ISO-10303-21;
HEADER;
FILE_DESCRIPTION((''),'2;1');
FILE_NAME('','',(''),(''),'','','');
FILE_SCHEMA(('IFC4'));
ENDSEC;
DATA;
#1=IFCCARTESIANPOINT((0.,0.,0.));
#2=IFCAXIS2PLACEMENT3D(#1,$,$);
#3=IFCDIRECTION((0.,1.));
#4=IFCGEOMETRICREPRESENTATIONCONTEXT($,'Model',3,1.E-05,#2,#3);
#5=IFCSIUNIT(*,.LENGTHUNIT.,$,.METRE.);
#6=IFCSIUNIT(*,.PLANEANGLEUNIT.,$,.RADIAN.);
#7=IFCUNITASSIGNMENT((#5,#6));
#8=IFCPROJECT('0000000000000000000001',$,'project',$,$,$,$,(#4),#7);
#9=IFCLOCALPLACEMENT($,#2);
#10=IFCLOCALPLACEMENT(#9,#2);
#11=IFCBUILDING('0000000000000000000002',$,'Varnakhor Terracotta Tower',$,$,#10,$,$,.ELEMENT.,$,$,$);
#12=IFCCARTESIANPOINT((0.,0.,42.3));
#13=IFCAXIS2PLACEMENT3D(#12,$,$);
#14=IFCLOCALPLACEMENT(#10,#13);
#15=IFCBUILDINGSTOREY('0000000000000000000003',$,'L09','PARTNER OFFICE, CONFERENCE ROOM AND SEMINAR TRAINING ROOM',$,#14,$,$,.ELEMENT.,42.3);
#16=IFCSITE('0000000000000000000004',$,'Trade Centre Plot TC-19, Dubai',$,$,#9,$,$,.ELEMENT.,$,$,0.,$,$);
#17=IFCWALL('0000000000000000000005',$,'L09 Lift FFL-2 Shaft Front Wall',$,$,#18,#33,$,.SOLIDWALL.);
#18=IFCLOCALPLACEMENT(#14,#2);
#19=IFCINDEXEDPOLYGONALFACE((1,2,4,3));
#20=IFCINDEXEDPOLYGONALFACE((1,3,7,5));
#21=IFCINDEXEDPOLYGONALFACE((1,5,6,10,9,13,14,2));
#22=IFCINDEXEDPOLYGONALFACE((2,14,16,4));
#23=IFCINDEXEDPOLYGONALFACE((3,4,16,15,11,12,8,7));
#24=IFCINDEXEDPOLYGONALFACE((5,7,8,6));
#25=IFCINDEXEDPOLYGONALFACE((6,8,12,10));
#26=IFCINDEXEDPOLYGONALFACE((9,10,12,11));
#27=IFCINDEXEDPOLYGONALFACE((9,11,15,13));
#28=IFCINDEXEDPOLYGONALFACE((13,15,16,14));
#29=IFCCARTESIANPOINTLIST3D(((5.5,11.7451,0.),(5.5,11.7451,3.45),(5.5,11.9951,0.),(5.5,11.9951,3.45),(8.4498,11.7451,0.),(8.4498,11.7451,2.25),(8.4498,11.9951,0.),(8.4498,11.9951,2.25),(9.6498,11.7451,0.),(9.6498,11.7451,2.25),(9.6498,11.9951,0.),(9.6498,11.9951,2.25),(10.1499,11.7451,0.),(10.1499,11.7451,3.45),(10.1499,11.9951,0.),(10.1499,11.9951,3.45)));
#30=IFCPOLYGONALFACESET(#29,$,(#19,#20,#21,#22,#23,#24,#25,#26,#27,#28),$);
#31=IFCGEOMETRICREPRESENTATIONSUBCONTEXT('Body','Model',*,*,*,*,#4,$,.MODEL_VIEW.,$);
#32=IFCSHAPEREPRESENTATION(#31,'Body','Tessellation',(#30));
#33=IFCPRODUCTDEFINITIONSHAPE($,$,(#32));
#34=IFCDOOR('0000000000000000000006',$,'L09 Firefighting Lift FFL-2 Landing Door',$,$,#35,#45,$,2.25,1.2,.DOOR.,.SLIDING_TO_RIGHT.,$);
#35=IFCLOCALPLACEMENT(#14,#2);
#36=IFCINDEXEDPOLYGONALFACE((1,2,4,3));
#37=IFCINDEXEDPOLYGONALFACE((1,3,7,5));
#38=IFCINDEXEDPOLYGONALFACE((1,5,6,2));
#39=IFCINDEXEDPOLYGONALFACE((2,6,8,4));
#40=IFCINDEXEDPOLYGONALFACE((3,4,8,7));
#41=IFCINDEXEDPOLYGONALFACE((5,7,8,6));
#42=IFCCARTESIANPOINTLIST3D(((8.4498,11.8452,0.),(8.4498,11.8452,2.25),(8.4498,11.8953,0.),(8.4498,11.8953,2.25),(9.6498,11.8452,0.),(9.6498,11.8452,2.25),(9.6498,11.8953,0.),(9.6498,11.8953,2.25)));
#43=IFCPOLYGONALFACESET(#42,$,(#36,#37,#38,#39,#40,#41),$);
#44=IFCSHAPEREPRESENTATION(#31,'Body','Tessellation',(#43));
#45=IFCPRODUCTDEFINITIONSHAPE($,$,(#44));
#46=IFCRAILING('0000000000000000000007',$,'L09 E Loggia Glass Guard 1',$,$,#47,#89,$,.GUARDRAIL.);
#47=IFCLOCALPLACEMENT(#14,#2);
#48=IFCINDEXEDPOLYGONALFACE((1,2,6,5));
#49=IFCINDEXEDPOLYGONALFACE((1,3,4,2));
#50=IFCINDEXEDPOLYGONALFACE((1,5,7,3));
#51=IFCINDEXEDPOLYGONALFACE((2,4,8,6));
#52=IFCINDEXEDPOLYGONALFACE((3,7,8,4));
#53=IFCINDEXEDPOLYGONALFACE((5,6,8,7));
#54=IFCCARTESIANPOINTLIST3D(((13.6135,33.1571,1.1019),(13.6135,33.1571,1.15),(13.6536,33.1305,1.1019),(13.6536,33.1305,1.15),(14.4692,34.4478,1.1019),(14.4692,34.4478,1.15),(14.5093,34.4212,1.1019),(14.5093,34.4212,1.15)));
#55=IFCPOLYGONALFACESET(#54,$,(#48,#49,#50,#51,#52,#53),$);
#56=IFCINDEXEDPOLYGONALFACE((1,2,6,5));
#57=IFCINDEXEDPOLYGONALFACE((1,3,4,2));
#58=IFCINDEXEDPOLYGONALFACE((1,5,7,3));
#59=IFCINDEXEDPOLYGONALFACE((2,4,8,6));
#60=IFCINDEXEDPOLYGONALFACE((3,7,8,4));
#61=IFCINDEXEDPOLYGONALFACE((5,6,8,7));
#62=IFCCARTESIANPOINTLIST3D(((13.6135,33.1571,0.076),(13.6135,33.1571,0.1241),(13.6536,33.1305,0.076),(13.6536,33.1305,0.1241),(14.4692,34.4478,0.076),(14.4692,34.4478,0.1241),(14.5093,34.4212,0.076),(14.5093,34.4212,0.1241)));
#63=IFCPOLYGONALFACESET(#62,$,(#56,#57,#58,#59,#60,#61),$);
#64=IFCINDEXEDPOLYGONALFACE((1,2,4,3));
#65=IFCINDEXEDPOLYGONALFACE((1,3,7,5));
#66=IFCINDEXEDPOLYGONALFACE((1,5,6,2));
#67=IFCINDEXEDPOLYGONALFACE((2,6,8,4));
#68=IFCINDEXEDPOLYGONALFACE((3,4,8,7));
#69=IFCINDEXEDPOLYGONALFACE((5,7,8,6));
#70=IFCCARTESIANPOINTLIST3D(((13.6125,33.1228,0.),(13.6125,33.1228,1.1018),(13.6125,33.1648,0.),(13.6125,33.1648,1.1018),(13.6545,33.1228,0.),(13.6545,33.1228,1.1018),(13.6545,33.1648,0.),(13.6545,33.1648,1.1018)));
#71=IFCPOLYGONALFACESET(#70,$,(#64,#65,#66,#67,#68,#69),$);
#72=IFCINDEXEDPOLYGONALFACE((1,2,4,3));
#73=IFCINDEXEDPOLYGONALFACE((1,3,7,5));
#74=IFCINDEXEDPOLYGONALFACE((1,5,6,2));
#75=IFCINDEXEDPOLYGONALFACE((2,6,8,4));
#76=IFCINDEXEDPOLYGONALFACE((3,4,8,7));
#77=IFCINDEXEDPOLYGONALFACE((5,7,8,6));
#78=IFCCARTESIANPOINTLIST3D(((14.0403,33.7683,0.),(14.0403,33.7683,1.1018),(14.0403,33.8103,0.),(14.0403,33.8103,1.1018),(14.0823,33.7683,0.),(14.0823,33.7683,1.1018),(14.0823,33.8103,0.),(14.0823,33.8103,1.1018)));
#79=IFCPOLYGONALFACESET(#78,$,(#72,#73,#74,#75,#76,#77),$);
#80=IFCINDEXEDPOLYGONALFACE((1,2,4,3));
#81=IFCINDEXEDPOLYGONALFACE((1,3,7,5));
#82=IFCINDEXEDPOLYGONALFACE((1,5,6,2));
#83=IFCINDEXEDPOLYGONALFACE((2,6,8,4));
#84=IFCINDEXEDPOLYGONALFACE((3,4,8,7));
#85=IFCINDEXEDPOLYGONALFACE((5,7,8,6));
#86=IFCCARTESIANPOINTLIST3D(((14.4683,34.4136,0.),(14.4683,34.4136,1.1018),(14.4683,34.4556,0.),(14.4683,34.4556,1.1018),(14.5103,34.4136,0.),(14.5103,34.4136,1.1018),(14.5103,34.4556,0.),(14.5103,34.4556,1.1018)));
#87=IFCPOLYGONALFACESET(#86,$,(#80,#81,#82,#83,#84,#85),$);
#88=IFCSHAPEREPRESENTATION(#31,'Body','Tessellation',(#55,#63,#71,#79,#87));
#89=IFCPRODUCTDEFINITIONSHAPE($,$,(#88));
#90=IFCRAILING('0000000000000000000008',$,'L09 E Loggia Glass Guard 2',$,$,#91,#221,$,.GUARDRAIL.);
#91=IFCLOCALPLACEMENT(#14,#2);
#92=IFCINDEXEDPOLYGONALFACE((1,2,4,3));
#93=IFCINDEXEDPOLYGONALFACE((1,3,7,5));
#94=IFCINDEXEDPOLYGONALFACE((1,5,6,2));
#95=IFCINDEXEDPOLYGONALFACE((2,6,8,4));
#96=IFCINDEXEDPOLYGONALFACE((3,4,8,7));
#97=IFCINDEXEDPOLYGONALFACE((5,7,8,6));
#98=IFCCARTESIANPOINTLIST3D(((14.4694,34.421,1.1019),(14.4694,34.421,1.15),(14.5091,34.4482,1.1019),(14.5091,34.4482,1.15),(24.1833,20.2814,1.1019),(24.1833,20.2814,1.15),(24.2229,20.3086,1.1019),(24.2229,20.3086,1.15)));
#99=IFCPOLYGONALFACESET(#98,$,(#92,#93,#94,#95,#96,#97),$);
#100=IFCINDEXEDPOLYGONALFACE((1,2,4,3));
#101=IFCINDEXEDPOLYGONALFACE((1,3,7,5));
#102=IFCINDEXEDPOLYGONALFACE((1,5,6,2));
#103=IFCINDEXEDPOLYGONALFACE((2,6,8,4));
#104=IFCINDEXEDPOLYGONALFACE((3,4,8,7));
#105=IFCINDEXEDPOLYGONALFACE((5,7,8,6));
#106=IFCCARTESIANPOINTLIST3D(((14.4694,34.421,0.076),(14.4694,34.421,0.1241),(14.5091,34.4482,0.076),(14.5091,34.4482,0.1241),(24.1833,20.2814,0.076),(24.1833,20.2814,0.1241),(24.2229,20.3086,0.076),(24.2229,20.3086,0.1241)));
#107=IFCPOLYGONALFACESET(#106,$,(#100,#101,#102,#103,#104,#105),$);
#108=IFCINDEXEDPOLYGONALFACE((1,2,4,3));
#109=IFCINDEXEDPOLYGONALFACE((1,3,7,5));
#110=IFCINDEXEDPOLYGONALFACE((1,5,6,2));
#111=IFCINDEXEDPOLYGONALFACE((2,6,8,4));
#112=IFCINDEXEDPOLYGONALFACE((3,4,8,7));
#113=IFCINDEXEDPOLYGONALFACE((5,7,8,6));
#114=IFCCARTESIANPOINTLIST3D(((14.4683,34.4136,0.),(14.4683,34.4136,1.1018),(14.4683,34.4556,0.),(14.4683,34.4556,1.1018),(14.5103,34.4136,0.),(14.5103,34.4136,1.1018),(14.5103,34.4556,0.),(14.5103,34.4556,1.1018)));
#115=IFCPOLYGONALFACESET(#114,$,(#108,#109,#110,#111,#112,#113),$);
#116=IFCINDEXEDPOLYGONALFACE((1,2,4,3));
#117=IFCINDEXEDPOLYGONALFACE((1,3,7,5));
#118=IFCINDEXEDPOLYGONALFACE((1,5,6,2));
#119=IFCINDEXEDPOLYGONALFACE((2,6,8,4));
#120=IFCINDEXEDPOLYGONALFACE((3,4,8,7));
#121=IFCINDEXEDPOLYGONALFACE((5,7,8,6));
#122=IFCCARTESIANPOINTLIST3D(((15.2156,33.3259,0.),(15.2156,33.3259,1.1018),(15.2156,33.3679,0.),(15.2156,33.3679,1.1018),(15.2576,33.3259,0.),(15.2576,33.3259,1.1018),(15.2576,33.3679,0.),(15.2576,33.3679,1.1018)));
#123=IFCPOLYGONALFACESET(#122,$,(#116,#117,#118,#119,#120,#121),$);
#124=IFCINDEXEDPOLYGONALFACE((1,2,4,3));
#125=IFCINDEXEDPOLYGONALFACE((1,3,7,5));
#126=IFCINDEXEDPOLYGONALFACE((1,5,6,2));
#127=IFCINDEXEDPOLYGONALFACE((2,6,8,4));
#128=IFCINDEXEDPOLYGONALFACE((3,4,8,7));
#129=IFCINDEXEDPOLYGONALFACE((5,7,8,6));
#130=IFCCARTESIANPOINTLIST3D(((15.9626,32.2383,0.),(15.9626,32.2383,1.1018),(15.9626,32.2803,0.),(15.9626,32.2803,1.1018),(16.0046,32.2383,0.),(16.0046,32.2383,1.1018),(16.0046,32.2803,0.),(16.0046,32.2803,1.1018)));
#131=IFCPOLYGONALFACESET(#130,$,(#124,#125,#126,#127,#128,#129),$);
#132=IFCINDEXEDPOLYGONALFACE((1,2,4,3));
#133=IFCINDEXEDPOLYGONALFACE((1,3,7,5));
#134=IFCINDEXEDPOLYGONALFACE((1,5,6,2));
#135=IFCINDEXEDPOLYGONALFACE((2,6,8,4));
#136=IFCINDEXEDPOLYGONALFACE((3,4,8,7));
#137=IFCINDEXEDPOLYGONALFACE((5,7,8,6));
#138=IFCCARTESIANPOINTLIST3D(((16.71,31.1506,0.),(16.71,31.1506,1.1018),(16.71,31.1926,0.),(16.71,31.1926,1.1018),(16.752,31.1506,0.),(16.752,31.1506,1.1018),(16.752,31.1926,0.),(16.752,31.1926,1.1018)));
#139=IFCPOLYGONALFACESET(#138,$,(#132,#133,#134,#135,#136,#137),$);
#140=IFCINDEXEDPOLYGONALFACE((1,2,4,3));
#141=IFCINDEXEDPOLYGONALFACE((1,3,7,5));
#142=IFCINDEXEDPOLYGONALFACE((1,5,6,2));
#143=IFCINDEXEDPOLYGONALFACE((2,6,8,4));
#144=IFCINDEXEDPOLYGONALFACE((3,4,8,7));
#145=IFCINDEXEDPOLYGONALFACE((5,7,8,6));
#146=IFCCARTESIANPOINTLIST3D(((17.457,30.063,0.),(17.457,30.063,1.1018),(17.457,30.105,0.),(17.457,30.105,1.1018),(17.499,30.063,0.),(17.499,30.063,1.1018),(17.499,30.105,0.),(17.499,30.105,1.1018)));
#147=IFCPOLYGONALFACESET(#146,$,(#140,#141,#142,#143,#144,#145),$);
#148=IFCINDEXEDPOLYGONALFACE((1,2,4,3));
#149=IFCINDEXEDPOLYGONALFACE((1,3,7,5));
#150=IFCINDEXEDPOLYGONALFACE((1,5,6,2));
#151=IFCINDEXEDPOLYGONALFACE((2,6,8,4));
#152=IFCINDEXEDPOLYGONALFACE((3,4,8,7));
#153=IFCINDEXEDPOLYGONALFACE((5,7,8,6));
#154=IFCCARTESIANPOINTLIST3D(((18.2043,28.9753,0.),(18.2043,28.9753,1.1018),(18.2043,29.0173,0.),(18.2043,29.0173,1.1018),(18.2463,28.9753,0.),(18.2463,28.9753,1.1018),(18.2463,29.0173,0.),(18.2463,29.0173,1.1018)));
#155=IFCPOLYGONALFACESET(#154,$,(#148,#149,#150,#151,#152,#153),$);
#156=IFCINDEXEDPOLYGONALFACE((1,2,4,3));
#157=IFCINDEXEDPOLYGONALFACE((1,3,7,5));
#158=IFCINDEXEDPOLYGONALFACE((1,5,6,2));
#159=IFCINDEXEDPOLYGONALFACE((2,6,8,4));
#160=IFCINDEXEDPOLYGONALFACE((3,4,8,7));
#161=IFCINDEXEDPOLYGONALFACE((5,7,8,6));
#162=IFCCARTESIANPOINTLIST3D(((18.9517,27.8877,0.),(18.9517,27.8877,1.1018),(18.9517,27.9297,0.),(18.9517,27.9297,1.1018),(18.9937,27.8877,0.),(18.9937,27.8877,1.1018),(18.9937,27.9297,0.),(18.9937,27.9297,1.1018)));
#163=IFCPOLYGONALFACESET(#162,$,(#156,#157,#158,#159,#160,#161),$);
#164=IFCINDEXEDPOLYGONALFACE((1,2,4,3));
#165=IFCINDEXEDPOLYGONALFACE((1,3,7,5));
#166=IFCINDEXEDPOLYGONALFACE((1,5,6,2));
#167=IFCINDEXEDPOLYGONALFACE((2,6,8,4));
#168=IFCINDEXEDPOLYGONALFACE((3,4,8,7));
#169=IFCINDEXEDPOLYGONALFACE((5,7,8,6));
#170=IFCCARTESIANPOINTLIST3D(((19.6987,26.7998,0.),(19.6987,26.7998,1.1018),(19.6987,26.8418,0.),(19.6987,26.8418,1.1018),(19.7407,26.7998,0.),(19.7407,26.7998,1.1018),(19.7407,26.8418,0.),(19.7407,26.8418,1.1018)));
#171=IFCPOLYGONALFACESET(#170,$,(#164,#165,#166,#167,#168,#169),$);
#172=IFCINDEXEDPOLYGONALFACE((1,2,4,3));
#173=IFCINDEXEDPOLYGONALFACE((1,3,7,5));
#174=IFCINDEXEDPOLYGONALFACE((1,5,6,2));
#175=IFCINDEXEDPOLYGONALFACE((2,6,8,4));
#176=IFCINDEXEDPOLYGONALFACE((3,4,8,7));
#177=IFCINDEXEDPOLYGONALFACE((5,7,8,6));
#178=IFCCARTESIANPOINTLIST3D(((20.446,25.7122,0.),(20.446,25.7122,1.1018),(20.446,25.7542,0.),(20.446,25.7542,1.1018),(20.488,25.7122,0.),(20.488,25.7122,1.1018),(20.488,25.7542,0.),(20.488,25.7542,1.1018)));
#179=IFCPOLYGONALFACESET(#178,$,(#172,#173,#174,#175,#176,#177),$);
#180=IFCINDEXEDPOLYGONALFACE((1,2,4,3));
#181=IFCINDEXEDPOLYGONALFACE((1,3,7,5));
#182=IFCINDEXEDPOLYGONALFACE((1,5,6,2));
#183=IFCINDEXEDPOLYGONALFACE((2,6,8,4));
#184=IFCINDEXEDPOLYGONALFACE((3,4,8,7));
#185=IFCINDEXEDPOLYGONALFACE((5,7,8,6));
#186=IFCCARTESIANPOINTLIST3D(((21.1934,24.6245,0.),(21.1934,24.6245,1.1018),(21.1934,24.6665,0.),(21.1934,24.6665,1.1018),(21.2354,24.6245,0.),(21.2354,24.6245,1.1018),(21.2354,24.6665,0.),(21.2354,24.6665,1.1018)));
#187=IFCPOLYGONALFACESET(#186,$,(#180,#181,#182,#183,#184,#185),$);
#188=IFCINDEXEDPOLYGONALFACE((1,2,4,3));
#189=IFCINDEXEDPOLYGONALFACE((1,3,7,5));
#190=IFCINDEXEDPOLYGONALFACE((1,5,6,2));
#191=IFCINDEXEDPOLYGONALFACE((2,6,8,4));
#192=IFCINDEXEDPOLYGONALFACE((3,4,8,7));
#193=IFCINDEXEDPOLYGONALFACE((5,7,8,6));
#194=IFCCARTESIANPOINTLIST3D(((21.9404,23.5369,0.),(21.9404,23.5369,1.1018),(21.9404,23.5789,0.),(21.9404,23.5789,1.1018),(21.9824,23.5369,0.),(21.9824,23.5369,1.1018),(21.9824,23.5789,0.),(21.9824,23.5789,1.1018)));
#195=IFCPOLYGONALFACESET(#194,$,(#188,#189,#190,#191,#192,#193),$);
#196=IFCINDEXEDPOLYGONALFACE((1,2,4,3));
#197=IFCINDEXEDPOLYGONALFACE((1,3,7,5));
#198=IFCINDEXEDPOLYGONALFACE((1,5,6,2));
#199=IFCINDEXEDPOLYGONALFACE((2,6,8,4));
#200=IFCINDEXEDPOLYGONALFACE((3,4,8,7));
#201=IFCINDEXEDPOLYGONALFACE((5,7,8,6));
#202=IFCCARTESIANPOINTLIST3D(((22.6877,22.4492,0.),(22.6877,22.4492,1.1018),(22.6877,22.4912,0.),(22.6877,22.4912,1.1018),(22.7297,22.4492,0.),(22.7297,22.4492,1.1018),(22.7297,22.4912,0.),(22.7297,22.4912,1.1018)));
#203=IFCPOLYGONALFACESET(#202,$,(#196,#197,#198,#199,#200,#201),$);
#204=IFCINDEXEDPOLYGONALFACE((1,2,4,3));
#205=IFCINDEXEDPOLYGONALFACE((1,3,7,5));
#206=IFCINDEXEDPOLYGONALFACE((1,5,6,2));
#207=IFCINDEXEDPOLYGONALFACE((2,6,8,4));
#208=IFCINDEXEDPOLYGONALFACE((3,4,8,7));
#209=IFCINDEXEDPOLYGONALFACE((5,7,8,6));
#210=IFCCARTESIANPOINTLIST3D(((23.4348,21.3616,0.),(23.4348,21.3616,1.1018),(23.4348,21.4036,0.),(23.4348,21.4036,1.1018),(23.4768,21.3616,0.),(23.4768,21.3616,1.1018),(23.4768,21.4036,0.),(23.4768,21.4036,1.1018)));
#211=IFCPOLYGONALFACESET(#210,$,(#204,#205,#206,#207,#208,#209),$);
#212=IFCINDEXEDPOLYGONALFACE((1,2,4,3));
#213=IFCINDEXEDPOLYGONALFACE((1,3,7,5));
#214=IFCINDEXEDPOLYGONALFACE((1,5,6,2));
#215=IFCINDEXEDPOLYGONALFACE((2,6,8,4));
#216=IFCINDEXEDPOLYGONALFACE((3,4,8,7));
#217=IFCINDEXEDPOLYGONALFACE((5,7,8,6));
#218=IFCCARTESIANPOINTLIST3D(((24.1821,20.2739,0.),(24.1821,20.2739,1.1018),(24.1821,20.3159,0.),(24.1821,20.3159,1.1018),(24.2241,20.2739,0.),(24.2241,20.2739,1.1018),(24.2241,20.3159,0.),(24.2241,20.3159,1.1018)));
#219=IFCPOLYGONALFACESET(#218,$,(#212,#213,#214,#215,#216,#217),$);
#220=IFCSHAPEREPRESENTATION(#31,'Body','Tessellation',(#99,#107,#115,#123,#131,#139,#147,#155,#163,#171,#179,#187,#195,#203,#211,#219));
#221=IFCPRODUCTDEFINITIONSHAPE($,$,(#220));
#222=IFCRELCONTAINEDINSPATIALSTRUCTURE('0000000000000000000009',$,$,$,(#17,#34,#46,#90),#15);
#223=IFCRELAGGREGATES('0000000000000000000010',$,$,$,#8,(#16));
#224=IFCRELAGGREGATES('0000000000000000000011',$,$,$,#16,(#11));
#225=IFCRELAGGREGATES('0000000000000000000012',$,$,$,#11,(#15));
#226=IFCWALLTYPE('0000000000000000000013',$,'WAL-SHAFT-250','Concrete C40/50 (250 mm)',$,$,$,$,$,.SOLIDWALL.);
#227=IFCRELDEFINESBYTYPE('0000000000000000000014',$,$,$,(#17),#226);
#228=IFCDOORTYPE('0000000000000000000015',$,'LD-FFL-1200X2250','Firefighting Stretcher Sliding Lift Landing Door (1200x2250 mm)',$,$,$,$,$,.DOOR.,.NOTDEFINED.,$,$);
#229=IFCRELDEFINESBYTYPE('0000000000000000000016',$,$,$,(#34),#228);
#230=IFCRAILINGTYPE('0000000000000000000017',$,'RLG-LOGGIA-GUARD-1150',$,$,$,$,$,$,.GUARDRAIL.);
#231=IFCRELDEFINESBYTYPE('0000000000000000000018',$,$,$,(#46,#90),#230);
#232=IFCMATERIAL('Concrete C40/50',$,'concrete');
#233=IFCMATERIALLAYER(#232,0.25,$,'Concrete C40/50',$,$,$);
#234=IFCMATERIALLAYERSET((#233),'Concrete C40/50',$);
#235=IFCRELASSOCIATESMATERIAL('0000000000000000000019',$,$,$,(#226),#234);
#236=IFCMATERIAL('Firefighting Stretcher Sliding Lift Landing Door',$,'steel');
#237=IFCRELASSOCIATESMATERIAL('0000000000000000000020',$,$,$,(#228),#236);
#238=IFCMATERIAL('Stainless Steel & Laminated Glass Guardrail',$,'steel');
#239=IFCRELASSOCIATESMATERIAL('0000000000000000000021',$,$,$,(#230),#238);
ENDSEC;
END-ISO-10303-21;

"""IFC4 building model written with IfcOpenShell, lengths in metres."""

from ifc_helpers import new_model, si_unit, direction, frame, frame_2d, origin, origin_2d, place, context, subcontext, project, spatial, rectangle, extrude, source, transform, mapped, material, layer, layer_set, type_object, type_shapes, element, fill, save


model = new_model("IFC4")

# Units and contexts
model_context = context("Model", 3, precision=1e-05, world=origin(), true_north=direction((0.0, 1.0)))
body_context = subcontext(model_context, "Body", "Model", "MODEL_VIEW")
ifc_project = project(units=[si_unit("LENGTHUNIT", "METRE"), si_unit("PLANEANGLEUNIT", "RADIAN")], contexts=[model_context])

# Site, building, storey
site_placement = place(None, origin())
site = spatial("IfcSite", under=ifc_project, at=site_placement, Name="Trade Centre Plot TC-19, Dubai", CompositionType="ELEMENT", RefElevation=0.0)
building_placement = place(site_placement, origin())
building = spatial("IfcBuilding", under=site, at=building_placement, Name="Varnakhor Terracotta Tower", CompositionType="ELEMENT")
storey_placement = place(building_placement, frame((0.0, 0.0, 42.3)))
storey = spatial("IfcBuildingStorey", under=building, at=storey_placement, Name="L09", Description="PARTNER OFFICE, CONFERENCE ROOM AND SEMINAR TRAINING ROOM", CompositionType="ELEMENT", Elevation=42.3)

# Shared definitions
ifc_material_1 = material(Name="Concrete C40/50", Category="concrete")

# Wall, opening, door
ifc_layer_1 = layer(ifc_material_1, 0.25, Name="Concrete C40/50")
ifc_layer_set_1 = layer_set([ifc_layer_1], Name="Concrete C40/50")
wall_type_1 = type_object("IfcWallType", Name="WAL-SHAFT-250", Description="Concrete C40/50 (250 mm)", PredefinedType="SOLIDWALL", material=ifc_layer_set_1)
wall_1_placement = place(storey_placement, frame((10.1499, 11.8701, 0.0), z_axis=(0.0, 0.0, 1.0), x_axis=(-1.0, 0.0, 0.0)))
wall_1 = element("IfcWall", 1, at=wall_1_placement, inside=storey, type_object=wall_type_1, Name="L09 Lift FFL-2 Shaft Front Wall", PredefinedType="SOLIDWALL", context=body_context, shape_type="SweptSolid", body=[
    extrude(rectangle(XDim=4.6499, YDim=0.25, at=frame_2d((2.325, 0.0))), origin(), (0.0, 0.0, 1.0), 3.45),
])
opening_1_placement = place(wall_1_placement, frame((0.5, 0.0, 0.0)))
opening_1 = element("IfcOpeningElement", 2, at=opening_1_placement, cuts=wall_1, PredefinedType="OPENING", context=body_context, shape_type="SweptSolid", body=[
    extrude(rectangle(XDim=1.2, YDim=2.25, at=frame_2d((0.6001, 1.125))), frame((0.0, 0.135, 0.0), z_axis=(0.0, -1.0, 0.0), x_axis=(1.0, 0.0, 0.0)), (0.0, 0.0, 1.0), 0.27),
])
ifc_material_2 = material(Name="Firefighting Stretcher Sliding Lift Landing Door", Category="steel")
door_type_1 = type_object("IfcDoorType", Name="LD-FFL-1200X2250", Description="Firefighting Stretcher Sliding Lift Landing Door (1200x2250 mm)", OperationType="NOTDEFINED", PredefinedType="DOOR", material=ifc_material_2)
shared_shape_1 = source(origin(), body_context, "Body", "SweptSolid", [
    extrude(rectangle(XDim=1.2, YDim=2.25, at=frame_2d((0.6001, 1.125))), frame((0.0, 0.0249, 0.0), z_axis=(0.0, -1.0, 0.0), x_axis=(1.0, 0.0, 0.0)), (0.0, 0.0, 1.0), 0.05),
])
type_shapes(door_type_1, [shared_shape_1])
door_1_placement = place(opening_1_placement, origin())
door_1 = element("IfcDoor", 3, at=door_1_placement, inside=storey, type_object=door_type_1, Name="L09 Firefighting Lift FFL-2 Landing Door", OperationType="SLIDING_TO_RIGHT", OverallHeight=2.25, OverallWidth=1.2, PredefinedType="DOOR", context=body_context, shape_type="MappedRepresentation", body=[
    mapped(shared_shape_1, transform((0.0, 0.0, 0.0), scale=1.0)),
])
fill(opening_1, door_1)

# Railings
ifc_material_3 = material(Name="Stainless Steel & Laminated Glass Guardrail", Category="steel")
railing_type = type_object("IfcRailingType", Name="RLG-LOGGIA-GUARD-1150", PredefinedType="GUARDRAIL", material=ifc_material_3)
railing_1_placement = place(storey_placement, frame((13.6335, 33.1438, 0.0)))
element("IfcRailing", 4, at=railing_1_placement, inside=storey, type_object=railing_type, Name="L09 E Loggia Glass Guard 1", PredefinedType="GUARDRAIL", context=body_context, shape_type="SweptSolid", body=[
    extrude(rectangle(XDim=0.0481, YDim=0.0481, at=origin_2d()), frame((0.0, 0.0, 1.126), z_axis=(0.552552, 0.833478, 0.0), x_axis=(-0.833478, 0.552552, 0.0)), (0.0, 0.0, 1.0), 1.5486),
    extrude(rectangle(XDim=0.0481, YDim=0.0481, at=origin_2d()), frame((0.0, 0.0, 0.1001), z_axis=(0.552552, 0.833478, 0.0), x_axis=(-0.833478, 0.552552, 0.0)), (0.0, 0.0, 1.0), 1.5486),
    extrude(rectangle(XDim=0.042, YDim=0.042, at=origin_2d()), origin(), (0.0, 0.0, 1.0), 1.1018),
    extrude(rectangle(XDim=0.042, YDim=0.042, at=origin_2d()), frame((0.4277, 0.6455, 0.0)), (0.0, 0.0, 1.0), 1.1018),
    extrude(rectangle(XDim=0.042, YDim=0.042, at=origin_2d()), frame((0.8557, 1.2908, 0.0)), (0.0, 0.0, 1.0), 1.1018),
])
railing_2_placement = place(storey_placement, frame((14.4893, 34.4346, 0.0)))
element("IfcRailing", 5, at=railing_2_placement, inside=storey, type_object=railing_type, Name="L09 E Loggia Glass Guard 2", PredefinedType="GUARDRAIL", context=body_context, shape_type="SweptSolid", body=[
    extrude(rectangle(XDim=0.0481, YDim=0.0481, at=origin_2d()), frame((0.0, 0.0, 1.126), z_axis=(0.566246, -0.824236, 0.0), x_axis=(0.824236, 0.566246, 0.0)), (0.0, 0.0, 1.0), 17.1548),
    extrude(rectangle(XDim=0.0481, YDim=0.0481, at=origin_2d()), frame((0.0, 0.0, 0.1001), z_axis=(0.566246, -0.824236, 0.0), x_axis=(0.824236, 0.566246, 0.0)), (0.0, 0.0, 1.0), 17.1548),
    extrude(rectangle(XDim=0.042, YDim=0.042, at=origin_2d()), origin(), (0.0, 0.0, 1.0), 1.1018),
    extrude(rectangle(XDim=0.042, YDim=0.042, at=origin_2d()), frame((0.7473, -1.0876, 0.0)), (0.0, 0.0, 1.0), 1.1018),
    extrude(rectangle(XDim=0.042, YDim=0.042, at=origin_2d()), frame((1.4944, -2.1753, 0.0)), (0.0, 0.0, 1.0), 1.1018),
    extrude(rectangle(XDim=0.042, YDim=0.042, at=origin_2d()), frame((2.2417, -3.2629, 0.0)), (0.0, 0.0, 1.0), 1.1018),
    extrude(rectangle(XDim=0.042, YDim=0.042, at=origin_2d()), frame((2.9888, -4.3506, 0.0)), (0.0, 0.0, 1.0), 1.1018),
    extrude(rectangle(XDim=0.042, YDim=0.042, at=origin_2d()), frame((3.7361, -5.4382, 0.0)), (0.0, 0.0, 1.0), 1.1018),
    extrude(rectangle(XDim=0.042, YDim=0.042, at=origin_2d()), frame((4.4834, -6.5259, 0.0)), (0.0, 0.0, 1.0), 1.1018),
    extrude(rectangle(XDim=0.042, YDim=0.042, at=origin_2d()), frame((5.2305, -7.6138, 0.0)), (0.0, 0.0, 1.0), 1.1018),
    extrude(rectangle(XDim=0.042, YDim=0.042, at=origin_2d()), frame((5.9778, -8.7014, 0.0)), (0.0, 0.0, 1.0), 1.1018),
    extrude(rectangle(XDim=0.042, YDim=0.042, at=origin_2d()), frame((6.7251, -9.7891, 0.0)), (0.0, 0.0, 1.0), 1.1018),
    extrude(rectangle(XDim=0.042, YDim=0.042, at=origin_2d()), frame((7.4722, -10.8767, 0.0)), (0.0, 0.0, 1.0), 1.1018),
    extrude(rectangle(XDim=0.042, YDim=0.042, at=origin_2d()), frame((8.2195, -11.9644, 0.0)), (0.0, 0.0, 1.0), 1.1018),
    extrude(rectangle(XDim=0.042, YDim=0.042, at=origin_2d()), frame((8.9666, -13.052, 0.0)), (0.0, 0.0, 1.0), 1.1018),
    extrude(rectangle(XDim=0.042, YDim=0.042, at=origin_2d()), frame((9.7139, -14.1396, 0.0)), (0.0, 0.0, 1.0), 1.1018),
])

save(model, "model.ifc")
